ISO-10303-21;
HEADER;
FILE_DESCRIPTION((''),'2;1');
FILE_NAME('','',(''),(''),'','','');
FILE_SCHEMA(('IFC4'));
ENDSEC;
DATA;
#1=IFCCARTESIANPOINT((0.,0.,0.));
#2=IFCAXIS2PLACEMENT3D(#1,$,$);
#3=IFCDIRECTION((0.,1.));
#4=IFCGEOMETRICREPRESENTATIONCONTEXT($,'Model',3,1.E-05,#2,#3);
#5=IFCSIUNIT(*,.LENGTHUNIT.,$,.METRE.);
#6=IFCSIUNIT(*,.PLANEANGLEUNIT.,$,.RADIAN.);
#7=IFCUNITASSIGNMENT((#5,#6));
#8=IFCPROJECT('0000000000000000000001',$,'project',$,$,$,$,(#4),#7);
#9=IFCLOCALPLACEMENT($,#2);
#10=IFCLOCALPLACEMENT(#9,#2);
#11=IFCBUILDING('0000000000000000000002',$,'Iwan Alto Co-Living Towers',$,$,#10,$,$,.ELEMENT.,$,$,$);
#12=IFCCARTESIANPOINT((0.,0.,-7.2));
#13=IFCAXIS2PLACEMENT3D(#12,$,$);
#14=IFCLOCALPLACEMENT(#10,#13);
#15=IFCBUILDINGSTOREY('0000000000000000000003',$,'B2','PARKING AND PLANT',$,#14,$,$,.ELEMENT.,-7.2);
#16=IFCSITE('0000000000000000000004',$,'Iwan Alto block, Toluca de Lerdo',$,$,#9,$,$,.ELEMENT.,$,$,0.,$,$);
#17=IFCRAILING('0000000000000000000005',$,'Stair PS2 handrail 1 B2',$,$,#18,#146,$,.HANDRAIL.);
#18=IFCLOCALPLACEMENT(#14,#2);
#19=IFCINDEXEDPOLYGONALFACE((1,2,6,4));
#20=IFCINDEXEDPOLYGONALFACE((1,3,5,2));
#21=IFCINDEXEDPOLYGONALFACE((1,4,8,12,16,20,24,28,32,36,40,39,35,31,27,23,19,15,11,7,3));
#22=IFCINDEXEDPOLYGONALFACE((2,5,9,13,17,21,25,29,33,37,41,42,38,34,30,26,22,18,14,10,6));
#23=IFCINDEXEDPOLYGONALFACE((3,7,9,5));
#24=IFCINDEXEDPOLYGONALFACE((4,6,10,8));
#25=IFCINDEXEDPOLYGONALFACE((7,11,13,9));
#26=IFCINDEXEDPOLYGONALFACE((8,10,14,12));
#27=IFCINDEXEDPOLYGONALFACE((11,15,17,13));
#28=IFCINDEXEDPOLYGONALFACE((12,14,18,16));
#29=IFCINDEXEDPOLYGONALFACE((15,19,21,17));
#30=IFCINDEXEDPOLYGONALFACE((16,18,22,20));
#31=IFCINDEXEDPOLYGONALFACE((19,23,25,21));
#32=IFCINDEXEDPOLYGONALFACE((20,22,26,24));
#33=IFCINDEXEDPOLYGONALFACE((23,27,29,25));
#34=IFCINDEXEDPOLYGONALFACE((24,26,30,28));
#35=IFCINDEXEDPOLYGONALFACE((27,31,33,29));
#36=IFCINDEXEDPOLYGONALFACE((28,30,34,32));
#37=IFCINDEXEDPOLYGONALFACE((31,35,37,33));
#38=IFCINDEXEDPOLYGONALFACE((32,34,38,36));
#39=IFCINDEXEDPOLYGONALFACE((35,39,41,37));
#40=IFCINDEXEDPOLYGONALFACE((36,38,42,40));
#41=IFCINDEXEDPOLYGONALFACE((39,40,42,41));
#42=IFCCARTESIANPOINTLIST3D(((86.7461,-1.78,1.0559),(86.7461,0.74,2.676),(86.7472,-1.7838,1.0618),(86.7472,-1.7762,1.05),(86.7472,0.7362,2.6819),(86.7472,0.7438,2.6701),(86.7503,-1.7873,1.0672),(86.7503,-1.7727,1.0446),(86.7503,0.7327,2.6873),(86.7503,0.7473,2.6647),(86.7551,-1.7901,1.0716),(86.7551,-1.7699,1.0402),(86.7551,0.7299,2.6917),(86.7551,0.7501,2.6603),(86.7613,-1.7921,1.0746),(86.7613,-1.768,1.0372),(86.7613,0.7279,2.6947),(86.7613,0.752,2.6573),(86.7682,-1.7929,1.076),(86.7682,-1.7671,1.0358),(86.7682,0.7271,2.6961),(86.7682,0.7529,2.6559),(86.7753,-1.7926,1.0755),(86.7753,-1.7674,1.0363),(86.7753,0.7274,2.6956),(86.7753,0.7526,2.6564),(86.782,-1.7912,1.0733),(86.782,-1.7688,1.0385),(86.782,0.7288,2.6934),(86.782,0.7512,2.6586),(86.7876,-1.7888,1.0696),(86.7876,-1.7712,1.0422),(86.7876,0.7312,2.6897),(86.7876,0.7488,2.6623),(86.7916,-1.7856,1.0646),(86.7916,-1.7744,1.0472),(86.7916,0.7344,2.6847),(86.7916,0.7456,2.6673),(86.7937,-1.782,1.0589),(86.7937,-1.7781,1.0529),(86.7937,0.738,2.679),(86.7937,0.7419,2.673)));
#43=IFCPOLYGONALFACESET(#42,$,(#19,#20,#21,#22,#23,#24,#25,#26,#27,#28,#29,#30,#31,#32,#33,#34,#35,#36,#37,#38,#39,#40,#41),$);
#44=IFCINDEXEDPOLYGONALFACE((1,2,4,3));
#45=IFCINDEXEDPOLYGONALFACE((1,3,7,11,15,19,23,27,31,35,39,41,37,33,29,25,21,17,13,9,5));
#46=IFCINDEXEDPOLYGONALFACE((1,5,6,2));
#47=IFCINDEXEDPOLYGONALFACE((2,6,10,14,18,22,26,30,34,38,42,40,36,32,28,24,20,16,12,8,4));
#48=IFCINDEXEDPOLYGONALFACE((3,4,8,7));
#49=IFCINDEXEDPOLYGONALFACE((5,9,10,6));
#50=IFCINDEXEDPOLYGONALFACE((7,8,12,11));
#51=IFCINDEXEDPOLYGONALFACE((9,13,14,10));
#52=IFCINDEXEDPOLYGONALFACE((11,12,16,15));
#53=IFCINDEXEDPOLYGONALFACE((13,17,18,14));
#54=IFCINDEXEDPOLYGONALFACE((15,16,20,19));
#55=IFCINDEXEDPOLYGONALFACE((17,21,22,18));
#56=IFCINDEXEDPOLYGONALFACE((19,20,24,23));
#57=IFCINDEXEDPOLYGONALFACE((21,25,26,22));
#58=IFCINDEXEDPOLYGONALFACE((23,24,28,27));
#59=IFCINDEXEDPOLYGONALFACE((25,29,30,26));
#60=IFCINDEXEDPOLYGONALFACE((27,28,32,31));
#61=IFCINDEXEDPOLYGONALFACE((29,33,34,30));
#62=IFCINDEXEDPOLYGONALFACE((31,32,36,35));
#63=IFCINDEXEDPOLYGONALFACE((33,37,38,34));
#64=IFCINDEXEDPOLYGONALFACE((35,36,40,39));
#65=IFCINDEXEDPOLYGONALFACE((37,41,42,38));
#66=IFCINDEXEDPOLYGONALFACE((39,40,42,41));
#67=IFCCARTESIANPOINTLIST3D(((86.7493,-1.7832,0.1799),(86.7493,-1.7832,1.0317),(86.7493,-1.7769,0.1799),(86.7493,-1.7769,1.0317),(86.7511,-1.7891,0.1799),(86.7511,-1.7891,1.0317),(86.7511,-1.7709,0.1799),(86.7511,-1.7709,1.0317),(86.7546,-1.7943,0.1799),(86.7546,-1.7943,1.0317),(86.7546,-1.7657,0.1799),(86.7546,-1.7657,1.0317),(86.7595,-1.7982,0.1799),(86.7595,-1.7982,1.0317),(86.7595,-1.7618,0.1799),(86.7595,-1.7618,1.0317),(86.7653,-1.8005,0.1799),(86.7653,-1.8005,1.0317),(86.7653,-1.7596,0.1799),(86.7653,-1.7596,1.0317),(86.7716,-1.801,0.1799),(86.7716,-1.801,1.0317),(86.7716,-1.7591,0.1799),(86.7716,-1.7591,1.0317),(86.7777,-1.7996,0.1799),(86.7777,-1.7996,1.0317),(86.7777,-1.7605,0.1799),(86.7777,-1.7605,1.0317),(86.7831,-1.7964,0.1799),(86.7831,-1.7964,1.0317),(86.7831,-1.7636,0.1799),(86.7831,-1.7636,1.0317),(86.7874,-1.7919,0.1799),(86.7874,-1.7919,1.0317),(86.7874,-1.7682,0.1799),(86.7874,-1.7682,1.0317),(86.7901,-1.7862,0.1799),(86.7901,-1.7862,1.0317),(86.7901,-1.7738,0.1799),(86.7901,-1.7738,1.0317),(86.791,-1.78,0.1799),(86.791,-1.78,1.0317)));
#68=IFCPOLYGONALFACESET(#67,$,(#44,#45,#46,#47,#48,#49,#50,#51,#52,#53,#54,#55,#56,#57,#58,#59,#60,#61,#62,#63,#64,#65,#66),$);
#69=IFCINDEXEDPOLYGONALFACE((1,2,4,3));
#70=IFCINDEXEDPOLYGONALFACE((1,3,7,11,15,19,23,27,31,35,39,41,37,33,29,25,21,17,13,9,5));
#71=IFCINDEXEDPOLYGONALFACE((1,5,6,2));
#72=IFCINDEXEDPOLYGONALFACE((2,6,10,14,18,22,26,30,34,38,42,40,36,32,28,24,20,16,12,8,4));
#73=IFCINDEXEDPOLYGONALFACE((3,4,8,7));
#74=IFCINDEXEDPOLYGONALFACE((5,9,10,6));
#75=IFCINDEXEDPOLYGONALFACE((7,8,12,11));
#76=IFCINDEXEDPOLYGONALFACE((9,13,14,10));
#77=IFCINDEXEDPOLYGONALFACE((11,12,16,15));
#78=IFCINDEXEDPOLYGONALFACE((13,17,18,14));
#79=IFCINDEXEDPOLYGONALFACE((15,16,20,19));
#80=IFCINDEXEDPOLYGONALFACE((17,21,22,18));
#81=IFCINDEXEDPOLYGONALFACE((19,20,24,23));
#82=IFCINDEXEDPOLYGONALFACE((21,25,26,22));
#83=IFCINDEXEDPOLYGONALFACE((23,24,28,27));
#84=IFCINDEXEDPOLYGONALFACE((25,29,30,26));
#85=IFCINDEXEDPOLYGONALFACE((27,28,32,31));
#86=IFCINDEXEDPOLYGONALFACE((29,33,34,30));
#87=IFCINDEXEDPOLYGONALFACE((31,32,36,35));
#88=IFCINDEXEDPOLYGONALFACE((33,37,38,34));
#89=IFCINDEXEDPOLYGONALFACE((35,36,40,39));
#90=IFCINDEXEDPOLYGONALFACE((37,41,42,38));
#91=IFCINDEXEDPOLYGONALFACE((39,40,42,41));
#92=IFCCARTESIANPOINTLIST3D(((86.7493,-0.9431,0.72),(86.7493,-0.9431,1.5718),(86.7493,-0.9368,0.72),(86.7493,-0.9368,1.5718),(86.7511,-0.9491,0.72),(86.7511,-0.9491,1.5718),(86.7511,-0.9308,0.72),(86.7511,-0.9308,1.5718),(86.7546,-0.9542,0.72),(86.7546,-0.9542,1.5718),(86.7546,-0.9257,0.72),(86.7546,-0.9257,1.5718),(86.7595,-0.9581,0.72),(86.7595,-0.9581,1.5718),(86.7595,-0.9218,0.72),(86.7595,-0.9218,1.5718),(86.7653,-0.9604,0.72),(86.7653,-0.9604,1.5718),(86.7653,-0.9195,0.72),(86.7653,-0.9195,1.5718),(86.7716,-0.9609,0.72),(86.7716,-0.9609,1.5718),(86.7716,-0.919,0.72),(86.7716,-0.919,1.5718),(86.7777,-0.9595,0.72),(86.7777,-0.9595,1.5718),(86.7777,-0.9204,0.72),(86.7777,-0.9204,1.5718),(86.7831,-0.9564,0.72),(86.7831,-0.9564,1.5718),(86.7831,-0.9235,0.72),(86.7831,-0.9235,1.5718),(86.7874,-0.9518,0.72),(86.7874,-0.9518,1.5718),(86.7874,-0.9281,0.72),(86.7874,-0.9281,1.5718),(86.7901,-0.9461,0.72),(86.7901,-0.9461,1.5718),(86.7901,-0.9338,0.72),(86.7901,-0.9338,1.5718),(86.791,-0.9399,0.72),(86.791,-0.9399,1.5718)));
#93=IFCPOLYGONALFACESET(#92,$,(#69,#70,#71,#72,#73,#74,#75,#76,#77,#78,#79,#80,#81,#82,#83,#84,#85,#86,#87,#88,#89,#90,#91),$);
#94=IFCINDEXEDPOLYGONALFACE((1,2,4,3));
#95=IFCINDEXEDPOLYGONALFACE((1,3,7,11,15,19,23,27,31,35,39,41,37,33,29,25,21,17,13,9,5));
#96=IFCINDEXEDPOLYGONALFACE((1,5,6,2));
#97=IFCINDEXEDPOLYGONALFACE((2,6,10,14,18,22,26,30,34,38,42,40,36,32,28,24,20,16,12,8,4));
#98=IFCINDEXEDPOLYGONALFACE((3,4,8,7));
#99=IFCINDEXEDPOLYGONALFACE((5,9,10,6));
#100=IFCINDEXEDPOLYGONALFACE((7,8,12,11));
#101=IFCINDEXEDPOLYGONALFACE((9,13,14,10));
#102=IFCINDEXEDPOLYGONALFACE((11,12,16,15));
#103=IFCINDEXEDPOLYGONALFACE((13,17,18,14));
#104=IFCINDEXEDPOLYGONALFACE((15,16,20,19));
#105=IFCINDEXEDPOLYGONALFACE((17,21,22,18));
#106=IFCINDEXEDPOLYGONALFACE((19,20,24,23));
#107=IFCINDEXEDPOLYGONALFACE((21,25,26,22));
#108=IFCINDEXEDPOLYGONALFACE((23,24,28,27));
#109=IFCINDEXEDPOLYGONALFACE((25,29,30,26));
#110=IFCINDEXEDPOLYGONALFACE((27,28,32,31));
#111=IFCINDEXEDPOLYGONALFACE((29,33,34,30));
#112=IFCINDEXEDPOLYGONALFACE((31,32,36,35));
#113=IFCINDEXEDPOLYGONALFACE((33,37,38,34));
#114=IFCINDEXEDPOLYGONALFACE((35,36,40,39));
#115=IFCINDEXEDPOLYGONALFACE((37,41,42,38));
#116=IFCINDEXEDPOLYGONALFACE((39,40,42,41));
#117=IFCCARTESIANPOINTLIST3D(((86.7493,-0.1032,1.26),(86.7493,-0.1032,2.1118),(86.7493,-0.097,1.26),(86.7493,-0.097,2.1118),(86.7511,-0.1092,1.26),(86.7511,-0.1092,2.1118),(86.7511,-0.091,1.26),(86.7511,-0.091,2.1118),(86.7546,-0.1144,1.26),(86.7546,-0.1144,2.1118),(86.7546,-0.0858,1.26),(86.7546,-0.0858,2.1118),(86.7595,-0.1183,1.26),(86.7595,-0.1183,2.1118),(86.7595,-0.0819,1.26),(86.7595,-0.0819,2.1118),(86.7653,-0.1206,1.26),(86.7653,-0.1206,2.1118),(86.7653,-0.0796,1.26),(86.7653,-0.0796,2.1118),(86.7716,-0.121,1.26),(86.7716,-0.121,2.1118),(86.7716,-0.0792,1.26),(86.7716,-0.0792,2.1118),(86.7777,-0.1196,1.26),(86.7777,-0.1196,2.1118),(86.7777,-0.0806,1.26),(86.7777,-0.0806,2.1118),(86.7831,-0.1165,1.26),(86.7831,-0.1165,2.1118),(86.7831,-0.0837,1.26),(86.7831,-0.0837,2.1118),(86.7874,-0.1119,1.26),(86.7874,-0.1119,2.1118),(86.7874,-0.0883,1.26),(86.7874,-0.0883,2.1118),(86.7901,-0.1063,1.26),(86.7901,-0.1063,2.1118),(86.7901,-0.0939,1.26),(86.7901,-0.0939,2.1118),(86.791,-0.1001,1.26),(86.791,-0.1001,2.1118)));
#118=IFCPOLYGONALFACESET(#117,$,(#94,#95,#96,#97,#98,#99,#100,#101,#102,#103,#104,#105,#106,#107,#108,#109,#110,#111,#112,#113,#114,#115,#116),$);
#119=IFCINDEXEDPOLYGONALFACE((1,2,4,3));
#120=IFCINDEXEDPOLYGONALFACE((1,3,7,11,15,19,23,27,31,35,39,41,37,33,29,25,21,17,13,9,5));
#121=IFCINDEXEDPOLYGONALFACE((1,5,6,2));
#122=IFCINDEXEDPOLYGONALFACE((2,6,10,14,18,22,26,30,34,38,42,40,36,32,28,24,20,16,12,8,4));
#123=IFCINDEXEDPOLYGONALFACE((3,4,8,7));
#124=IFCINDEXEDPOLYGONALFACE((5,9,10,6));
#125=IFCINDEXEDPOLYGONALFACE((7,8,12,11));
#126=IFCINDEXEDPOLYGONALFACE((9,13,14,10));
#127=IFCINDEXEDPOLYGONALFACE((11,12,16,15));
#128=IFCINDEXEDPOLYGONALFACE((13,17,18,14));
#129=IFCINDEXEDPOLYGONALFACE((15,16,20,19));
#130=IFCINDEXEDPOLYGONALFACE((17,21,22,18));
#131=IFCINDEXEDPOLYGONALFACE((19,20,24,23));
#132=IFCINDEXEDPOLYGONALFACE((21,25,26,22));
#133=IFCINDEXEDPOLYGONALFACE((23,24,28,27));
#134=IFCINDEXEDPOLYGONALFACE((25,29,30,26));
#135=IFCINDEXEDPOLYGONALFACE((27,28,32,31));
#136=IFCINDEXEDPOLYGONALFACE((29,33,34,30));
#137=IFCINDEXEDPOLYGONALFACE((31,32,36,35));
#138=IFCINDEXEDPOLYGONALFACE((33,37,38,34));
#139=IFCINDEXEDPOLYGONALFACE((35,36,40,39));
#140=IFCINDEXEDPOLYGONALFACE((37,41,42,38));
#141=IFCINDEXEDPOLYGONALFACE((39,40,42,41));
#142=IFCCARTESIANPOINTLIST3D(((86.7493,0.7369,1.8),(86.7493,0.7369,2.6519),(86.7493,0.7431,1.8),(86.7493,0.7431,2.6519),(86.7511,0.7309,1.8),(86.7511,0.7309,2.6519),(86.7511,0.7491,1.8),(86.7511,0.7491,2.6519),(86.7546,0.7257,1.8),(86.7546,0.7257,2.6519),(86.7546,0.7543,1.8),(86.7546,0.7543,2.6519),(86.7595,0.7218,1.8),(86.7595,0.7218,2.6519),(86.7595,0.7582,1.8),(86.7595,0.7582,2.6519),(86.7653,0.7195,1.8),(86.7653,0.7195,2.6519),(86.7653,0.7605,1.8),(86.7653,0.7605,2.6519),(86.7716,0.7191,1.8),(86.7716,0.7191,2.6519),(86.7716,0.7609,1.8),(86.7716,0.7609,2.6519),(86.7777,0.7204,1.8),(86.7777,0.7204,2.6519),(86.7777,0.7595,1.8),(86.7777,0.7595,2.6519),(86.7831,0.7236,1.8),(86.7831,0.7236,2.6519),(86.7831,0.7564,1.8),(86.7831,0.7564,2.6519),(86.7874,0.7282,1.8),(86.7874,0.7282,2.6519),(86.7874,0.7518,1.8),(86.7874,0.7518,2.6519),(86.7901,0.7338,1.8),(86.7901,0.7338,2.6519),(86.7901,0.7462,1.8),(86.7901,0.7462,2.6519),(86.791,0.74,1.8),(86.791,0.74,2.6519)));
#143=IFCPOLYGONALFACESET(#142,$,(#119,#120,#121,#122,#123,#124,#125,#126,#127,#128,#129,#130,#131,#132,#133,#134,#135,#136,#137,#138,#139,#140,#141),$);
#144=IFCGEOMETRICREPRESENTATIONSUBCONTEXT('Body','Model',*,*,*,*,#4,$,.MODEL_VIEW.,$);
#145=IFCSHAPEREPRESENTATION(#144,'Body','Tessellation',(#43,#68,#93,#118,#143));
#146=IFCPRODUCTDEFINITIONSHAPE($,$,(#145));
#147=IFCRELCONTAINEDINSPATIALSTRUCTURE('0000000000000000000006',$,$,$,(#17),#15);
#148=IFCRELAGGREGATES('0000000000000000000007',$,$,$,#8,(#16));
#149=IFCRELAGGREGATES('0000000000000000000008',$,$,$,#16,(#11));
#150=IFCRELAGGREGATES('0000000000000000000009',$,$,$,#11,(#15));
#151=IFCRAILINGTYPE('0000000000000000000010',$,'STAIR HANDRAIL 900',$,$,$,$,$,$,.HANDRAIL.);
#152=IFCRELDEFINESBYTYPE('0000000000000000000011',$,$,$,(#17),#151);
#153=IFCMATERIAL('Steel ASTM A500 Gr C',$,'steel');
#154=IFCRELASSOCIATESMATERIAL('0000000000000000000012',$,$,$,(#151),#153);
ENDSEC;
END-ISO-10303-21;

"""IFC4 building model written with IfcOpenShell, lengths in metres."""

from ifc_helpers import new_model, si_unit, direction, frame, origin, origin_2d, place, context, subcontext, project, spatial, circle, extrude, material, type_object, element, save


model = new_model("IFC4")

# Units and contexts
model_context = context("Model", 3, precision=1e-05, world=origin(), true_north=direction((0.0, 1.0)))
body_context = subcontext(model_context, "Body", "Model", "MODEL_VIEW")
ifc_project = project(units=[si_unit("LENGTHUNIT", "METRE"), si_unit("PLANEANGLEUNIT", "RADIAN")], contexts=[model_context])

# Site, building, storey
site_placement = place(None, origin())
site = spatial("IfcSite", under=ifc_project, at=site_placement, Name="Iwan Alto block, Toluca de Lerdo", CompositionType="ELEMENT", RefElevation=0.0)
building_placement = place(site_placement, origin())
building = spatial("IfcBuilding", under=site, at=building_placement, Name="Iwan Alto Co-Living Towers", CompositionType="ELEMENT")
storey_placement = place(building_placement, frame((0.0, 0.0, -7.2)))
storey = spatial("IfcBuildingStorey", under=building, at=storey_placement, Name="B2", Description="PARKING AND PLANT", CompositionType="ELEMENT", Elevation=-7.2)

# Railing
ifc_material_1 = material(Name="Steel ASTM A500 Gr C", Category="steel")
railing_type_1 = type_object("IfcRailingType", Name="STAIR HANDRAIL 900", PredefinedType="HANDRAIL", material=ifc_material_1)
railing_1_placement = place(storey_placement, frame((86.77, -1.78, 0.1799)))
element("IfcRailing", 1, at=railing_1_placement, inside=storey, type_object=railing_type_1, Name="Stair PS2 handrail 1 B2", PredefinedType="HANDRAIL", context=body_context, shape_type="SweptSolid", body=[
    extrude(circle(Radius=0.0239, at=origin_2d()), frame((0.0, 0.0, 0.876), z_axis=(0.0, 0.841163, 0.540782), x_axis=(-1.0, 0.0, 0.0)), (0.0, 0.0, 1.0), 2.9958),
    extrude(circle(Radius=0.021, at=origin_2d()), origin(), (0.0, 0.0, 1.0), 0.8518),
    extrude(circle(Radius=0.021, at=origin_2d()), frame((0.0, 0.8401, 0.54)), (0.0, 0.0, 1.0), 0.8518),
    extrude(circle(Radius=0.021, at=origin_2d()), frame((0.0, 1.6799, 1.0801)), (0.0, 0.0, 1.0), 0.8518),
    extrude(circle(Radius=0.021, at=origin_2d()), frame((0.0, 2.52, 1.6201)), (0.0, 0.0, 1.0), 0.8518),
])

save(model, "model.ifc")
